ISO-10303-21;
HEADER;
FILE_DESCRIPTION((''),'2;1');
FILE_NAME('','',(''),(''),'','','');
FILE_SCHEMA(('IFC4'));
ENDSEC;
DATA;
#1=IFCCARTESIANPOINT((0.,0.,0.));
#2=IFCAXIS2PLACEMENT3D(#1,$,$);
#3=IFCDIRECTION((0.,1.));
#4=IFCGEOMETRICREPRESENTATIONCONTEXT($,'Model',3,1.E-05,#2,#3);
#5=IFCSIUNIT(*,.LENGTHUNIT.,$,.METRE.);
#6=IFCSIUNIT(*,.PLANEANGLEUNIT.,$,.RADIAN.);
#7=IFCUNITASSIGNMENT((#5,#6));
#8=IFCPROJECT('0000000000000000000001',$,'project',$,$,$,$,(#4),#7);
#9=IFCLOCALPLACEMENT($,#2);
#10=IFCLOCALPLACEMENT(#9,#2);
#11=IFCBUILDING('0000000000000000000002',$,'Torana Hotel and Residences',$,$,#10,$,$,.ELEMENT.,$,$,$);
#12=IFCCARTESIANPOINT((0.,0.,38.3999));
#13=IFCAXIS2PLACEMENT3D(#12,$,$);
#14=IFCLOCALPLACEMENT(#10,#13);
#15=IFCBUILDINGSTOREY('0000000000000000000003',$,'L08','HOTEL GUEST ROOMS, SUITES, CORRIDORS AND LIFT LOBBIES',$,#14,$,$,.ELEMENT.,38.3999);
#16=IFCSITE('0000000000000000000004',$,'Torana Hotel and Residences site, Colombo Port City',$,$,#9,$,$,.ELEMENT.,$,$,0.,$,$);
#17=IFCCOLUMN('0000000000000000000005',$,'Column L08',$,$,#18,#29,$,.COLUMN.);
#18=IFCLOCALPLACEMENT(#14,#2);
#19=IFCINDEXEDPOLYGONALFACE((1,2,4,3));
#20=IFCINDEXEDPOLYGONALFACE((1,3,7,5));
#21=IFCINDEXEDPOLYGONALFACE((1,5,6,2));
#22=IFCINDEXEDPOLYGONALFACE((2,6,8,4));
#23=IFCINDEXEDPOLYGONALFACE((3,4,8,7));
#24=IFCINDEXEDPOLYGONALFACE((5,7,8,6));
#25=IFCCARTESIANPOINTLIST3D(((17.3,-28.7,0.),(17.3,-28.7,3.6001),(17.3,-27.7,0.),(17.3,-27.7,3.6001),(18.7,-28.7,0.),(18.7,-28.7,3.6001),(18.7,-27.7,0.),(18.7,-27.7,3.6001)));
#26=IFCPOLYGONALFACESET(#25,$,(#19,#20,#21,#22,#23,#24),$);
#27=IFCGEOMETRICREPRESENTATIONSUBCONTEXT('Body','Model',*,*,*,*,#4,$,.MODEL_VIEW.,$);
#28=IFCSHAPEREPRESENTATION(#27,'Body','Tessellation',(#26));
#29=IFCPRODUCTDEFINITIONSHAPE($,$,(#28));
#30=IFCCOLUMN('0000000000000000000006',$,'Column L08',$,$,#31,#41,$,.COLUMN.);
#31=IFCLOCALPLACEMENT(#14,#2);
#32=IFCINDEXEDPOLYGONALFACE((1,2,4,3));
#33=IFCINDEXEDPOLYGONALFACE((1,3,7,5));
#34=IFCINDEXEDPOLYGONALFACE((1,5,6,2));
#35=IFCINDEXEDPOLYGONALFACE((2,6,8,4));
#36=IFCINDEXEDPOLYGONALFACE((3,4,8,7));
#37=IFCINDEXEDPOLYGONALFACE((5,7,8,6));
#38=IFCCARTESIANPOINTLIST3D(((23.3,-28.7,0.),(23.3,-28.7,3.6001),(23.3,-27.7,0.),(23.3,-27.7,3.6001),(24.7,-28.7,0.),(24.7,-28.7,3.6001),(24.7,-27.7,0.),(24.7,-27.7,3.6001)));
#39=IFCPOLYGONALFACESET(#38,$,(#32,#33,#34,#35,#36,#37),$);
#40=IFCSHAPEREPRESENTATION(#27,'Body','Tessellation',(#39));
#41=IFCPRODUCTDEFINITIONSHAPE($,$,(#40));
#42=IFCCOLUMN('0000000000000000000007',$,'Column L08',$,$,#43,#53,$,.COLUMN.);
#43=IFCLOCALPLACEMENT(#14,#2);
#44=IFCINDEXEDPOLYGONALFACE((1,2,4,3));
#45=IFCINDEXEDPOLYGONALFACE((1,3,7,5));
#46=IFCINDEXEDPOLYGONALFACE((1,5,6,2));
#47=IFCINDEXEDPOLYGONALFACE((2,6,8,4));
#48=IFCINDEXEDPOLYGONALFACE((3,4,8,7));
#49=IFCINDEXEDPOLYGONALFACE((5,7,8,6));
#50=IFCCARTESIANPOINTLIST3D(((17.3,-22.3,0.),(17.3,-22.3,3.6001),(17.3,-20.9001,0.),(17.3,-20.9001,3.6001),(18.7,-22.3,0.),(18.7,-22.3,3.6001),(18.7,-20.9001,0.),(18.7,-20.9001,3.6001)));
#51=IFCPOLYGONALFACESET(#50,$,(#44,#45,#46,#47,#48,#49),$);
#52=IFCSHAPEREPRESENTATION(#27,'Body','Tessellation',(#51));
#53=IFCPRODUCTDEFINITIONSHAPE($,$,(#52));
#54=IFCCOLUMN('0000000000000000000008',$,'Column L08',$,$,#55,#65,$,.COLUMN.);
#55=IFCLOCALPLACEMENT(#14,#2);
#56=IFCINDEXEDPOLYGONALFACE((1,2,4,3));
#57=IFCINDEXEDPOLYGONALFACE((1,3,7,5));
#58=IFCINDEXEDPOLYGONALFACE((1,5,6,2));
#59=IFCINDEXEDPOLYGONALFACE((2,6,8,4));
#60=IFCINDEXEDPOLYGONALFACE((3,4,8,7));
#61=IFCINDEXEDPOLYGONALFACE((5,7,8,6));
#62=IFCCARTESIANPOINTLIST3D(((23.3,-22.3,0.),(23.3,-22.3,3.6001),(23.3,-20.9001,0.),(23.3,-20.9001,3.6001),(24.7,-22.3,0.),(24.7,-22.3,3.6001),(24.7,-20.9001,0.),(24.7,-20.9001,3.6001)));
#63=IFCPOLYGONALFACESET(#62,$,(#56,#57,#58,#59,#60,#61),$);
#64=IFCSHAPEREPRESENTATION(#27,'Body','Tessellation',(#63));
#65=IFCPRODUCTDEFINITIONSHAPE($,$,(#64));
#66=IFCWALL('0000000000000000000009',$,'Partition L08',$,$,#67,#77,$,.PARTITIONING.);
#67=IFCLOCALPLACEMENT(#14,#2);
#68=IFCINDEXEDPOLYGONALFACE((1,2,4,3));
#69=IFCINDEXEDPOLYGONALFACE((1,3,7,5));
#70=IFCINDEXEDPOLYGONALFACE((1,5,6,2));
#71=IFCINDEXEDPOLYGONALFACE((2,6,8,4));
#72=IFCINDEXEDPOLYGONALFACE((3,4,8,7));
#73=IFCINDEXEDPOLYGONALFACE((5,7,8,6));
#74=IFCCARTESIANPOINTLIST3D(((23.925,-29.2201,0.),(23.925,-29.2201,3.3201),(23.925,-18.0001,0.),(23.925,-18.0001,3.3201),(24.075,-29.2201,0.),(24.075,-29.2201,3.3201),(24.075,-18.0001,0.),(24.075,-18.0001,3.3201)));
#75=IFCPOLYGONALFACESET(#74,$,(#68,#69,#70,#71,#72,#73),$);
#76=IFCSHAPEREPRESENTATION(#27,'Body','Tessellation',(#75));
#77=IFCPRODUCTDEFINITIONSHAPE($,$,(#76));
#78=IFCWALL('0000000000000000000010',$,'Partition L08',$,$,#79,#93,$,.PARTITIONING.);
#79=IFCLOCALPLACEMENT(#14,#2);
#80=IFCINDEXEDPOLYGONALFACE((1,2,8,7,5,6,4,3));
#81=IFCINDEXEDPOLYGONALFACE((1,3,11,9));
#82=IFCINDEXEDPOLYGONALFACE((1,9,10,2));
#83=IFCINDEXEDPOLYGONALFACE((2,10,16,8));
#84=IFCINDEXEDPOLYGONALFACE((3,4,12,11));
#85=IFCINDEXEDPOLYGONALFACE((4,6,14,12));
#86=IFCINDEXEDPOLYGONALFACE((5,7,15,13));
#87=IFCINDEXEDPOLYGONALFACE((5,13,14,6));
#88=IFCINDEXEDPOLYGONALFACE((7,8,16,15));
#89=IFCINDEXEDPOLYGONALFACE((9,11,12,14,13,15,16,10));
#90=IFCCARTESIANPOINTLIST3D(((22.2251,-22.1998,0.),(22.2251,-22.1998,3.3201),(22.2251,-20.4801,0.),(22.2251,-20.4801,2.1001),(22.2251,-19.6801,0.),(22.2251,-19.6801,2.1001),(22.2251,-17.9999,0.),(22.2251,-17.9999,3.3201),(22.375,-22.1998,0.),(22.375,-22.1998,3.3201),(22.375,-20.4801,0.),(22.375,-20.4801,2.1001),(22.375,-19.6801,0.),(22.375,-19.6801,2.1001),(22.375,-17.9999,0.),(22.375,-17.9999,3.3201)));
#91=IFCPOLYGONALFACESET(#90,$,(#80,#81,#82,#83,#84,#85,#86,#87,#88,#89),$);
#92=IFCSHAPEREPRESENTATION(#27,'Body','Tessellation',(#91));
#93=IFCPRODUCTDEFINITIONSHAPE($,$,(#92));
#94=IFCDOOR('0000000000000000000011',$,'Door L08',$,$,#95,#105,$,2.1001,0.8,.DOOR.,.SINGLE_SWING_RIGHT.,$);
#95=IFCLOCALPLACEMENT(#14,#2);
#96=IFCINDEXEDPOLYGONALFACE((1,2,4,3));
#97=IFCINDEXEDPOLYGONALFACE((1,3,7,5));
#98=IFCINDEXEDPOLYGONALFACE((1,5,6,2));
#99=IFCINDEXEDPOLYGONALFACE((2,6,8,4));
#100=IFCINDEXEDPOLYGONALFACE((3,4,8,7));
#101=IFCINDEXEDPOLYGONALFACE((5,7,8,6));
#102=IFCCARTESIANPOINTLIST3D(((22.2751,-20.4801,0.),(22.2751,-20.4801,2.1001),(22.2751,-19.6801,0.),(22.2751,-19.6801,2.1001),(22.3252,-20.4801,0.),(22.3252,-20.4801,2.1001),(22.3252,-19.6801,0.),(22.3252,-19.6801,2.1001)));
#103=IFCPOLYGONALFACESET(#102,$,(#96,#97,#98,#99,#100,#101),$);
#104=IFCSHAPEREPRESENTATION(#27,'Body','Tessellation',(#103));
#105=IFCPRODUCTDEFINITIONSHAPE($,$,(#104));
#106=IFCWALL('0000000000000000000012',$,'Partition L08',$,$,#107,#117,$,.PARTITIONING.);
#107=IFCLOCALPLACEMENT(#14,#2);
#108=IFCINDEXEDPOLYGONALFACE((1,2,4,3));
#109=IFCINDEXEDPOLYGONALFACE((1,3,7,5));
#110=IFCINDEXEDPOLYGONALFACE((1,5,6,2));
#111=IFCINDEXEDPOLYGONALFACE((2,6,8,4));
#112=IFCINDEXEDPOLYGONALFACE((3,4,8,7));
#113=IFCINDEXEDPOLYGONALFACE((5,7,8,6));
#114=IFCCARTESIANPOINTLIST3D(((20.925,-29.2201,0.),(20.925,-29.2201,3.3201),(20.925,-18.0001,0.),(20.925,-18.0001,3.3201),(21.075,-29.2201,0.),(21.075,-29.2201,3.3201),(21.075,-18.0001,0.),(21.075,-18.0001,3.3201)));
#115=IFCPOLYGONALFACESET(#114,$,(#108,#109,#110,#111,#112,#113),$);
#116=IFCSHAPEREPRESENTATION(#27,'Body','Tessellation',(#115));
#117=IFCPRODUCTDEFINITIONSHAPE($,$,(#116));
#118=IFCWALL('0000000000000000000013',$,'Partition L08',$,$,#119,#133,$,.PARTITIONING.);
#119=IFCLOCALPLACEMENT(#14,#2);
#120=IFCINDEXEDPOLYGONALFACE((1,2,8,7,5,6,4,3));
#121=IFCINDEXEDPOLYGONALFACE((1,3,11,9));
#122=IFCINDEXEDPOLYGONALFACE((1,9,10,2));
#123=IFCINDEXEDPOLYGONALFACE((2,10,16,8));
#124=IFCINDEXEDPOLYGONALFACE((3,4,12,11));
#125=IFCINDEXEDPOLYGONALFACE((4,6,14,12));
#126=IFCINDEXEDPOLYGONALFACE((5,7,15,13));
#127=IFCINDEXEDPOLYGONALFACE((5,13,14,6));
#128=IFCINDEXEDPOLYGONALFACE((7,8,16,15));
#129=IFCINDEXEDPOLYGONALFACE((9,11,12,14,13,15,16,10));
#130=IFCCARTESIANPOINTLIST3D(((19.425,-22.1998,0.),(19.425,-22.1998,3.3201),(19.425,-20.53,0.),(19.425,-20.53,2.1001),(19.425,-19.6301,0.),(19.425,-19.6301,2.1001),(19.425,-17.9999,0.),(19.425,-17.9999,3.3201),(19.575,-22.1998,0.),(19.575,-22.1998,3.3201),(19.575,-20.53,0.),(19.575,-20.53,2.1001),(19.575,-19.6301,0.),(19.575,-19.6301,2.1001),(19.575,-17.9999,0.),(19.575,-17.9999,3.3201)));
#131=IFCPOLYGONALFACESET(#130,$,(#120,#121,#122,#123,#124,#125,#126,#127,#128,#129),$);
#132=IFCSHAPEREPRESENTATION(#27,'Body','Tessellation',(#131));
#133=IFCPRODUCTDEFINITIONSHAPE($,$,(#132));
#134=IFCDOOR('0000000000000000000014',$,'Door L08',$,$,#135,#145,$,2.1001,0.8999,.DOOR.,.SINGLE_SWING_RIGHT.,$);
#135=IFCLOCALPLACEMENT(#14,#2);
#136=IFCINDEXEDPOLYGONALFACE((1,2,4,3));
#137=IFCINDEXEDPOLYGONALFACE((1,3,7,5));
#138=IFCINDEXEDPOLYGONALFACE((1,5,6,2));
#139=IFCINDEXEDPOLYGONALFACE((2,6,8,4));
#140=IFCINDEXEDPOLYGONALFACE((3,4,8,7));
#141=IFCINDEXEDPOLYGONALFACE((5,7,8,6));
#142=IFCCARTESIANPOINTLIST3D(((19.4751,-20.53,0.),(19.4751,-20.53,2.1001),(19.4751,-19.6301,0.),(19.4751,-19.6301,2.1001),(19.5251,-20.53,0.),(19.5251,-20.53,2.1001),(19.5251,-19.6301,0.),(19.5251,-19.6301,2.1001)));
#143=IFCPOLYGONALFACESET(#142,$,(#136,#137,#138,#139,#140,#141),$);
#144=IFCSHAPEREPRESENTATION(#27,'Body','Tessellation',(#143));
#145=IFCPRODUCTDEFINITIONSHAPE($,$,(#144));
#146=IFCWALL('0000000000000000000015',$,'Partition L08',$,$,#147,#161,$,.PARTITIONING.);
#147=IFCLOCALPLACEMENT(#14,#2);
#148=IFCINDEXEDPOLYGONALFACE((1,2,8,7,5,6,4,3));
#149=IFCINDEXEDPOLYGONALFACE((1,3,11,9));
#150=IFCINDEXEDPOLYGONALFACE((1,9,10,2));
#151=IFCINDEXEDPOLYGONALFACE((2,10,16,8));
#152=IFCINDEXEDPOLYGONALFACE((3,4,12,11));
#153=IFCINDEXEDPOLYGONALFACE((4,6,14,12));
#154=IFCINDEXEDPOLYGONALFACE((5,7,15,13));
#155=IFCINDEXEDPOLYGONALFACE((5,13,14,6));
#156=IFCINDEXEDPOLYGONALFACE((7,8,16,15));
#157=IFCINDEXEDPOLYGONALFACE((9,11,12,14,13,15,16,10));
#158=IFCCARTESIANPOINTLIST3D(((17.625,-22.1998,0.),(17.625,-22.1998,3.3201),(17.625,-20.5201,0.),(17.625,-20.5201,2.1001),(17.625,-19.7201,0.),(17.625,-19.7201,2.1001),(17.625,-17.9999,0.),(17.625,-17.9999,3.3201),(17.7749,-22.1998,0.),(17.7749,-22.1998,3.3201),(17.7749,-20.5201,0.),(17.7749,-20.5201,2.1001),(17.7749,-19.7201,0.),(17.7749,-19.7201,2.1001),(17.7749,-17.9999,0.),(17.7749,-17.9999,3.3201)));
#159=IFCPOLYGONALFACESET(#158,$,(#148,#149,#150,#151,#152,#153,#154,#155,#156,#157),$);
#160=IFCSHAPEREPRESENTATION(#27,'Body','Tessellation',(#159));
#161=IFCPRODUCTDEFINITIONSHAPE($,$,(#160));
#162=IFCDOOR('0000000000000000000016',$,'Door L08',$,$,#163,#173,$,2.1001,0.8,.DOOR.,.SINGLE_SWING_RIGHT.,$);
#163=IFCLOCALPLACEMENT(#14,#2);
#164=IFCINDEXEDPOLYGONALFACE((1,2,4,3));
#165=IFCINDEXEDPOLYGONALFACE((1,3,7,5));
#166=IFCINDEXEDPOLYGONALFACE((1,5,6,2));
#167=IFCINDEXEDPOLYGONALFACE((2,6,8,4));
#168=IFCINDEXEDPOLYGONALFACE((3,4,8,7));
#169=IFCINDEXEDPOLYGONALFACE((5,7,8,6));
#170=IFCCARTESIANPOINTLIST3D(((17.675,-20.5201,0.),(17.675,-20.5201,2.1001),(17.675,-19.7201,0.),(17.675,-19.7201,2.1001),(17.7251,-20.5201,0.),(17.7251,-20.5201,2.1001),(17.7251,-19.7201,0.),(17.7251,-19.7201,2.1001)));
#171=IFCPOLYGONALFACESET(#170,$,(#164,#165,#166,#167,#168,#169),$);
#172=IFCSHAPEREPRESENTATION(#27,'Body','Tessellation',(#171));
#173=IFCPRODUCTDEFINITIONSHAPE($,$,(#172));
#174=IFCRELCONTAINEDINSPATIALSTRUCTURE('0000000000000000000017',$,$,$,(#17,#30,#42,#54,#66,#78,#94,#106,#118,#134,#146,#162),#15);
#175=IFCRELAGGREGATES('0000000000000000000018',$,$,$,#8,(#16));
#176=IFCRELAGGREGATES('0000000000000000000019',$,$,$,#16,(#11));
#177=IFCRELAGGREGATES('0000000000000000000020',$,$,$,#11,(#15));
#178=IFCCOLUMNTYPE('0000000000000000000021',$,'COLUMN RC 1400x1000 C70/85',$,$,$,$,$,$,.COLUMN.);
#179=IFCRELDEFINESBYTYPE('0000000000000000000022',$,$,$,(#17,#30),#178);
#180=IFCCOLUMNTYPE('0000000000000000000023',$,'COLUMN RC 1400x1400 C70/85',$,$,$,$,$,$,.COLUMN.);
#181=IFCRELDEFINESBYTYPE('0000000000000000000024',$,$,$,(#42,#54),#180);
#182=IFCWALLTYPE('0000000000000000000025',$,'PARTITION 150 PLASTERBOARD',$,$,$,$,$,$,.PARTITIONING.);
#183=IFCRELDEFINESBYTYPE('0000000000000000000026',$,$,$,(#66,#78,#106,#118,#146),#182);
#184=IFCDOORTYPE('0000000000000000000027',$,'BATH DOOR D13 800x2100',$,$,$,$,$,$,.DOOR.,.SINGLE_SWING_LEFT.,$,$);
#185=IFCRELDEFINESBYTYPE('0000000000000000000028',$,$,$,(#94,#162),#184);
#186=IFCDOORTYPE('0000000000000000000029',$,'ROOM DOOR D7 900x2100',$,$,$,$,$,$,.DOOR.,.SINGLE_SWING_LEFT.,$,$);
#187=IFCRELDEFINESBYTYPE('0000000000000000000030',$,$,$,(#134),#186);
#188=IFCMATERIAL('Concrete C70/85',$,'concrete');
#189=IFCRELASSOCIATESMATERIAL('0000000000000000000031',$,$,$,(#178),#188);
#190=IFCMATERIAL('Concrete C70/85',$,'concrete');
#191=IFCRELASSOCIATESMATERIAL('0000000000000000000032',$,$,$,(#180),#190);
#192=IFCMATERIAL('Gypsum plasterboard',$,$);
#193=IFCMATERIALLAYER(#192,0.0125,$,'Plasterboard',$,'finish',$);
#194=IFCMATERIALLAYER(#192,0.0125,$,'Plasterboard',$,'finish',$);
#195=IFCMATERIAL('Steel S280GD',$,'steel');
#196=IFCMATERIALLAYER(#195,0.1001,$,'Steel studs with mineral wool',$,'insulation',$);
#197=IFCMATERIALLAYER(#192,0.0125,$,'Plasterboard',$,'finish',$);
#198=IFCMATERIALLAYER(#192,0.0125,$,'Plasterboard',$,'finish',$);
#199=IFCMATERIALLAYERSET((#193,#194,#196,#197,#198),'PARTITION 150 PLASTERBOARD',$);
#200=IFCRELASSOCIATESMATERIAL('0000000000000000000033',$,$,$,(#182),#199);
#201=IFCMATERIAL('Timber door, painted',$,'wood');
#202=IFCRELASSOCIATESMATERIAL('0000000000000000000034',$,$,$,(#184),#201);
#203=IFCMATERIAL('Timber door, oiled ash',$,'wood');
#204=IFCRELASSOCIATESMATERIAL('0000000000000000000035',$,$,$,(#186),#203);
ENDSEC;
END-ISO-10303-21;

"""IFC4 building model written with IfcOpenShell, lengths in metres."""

from ifc_helpers import new_model, si_unit, direction, frame, frame_2d, origin, origin_2d, place, context, subcontext, project, spatial, rectangle, extrude, material, layer, layer_set, material_profile, profile_set, type_object, element, fill, save


model = new_model("IFC4")

# Units and contexts
model_context = context("Model", 3, precision=1e-05, world=origin(), true_north=direction((0.0, 1.0)))
body_context = subcontext(model_context, "Body", "Model", "MODEL_VIEW")
ifc_project = project(units=[si_unit("LENGTHUNIT", "METRE"), si_unit("PLANEANGLEUNIT", "RADIAN")], contexts=[model_context])

# Site, building, storey
site_placement = place(None, origin())
site = spatial("IfcSite", under=ifc_project, at=site_placement, Name="Torana Hotel and Residences site, Colombo Port City", CompositionType="ELEMENT", RefElevation=0.0)
building_placement = place(site_placement, origin())
building = spatial("IfcBuilding", under=site, at=building_placement, Name="Torana Hotel and Residences", CompositionType="ELEMENT")
storey_placement = place(building_placement, frame((0.0, 0.0, 38.3999)))
storey = spatial("IfcBuildingStorey", under=building, at=storey_placement, Name="L08", Description="HOTEL GUEST ROOMS, SUITES, CORRIDORS AND LIFT LOBBIES", CompositionType="ELEMENT", Elevation=38.3999)

# Columns
ifc_material_1 = material(Name="Concrete C70/85", Category="concrete")
ifc_material_profile_1 = material_profile(ifc_material_1, rectangle(XDim=1.3999, YDim=1.0, at=origin_2d()), Name="RC 1400x1000")
ifc_profile_set_1 = profile_set([ifc_material_profile_1], Name="Concrete C70/85")
column_type_1 = type_object("IfcColumnType", Name="COLUMN RC 1400x1000 C70/85", PredefinedType="COLUMN", material=ifc_profile_set_1)
for number, where, z_axis, x_axis, name in (
    (1, (18.0, -28.2, 0.0), (0.0, 0.0, 1.0), (1.0, 0.0, 0.0), "Column L08"),
    (2, (24.0, -28.2, 0.0), (0.0, 0.0, 1.0), (1.0, 0.0, 0.0), "Column L08"),
):
    element("IfcColumn", number, at=place(storey_placement, frame(where, z_axis=z_axis, x_axis=x_axis)), inside=storey, type_object=column_type_1, Name=name, PredefinedType="COLUMN", context=body_context, shape_type="SweptSolid", body=[
        extrude(rectangle(XDim=1.3999, YDim=1.0, at=origin_2d()), origin(), (0.0, 0.0, 1.0), 3.6001),
    ])
ifc_material_2 = material(Name="Concrete C70/85", Category="concrete")
ifc_material_profile_2 = material_profile(ifc_material_2, rectangle(XDim=1.3999, YDim=1.3999, at=origin_2d()), Name="RC 1400x1400")
ifc_profile_set_2 = profile_set([ifc_material_profile_2], Name="Concrete C70/85")
column_type_2 = type_object("IfcColumnType", Name="COLUMN RC 1400x1400 C70/85", PredefinedType="COLUMN", material=ifc_profile_set_2)
for number, where, z_axis, x_axis, name in (
    (3, (18.0, -21.6001, 0.0), (0.0, 0.0, 1.0), (1.0, 0.0, 0.0), "Column L08"),
    (4, (24.0, -21.6001, 0.0), (0.0, 0.0, 1.0), (1.0, 0.0, 0.0), "Column L08"),
):
    element("IfcColumn", number, at=place(storey_placement, frame(where, z_axis=z_axis, x_axis=x_axis)), inside=storey, type_object=column_type_2, Name=name, PredefinedType="COLUMN", context=body_context, shape_type="SweptSolid", body=[
        extrude(rectangle(XDim=1.3999, YDim=1.3999, at=origin_2d()), origin(), (0.0, 0.0, 1.0), 3.6001),
    ])

# Wall
ifc_material_3 = material(Name="Gypsum plasterboard")
ifc_layer_1 = layer(ifc_material_3, 0.0125, Name="Plasterboard", Category="finish")
ifc_layer_2 = layer(ifc_material_3, 0.0125, Name="Plasterboard", Category="finish")
ifc_material_4 = material(Name="Steel S280GD", Category="steel")
ifc_layer_3 = layer(ifc_material_4, 0.1001, Name="Steel studs with mineral wool", Category="insulation")
ifc_layer_4 = layer(ifc_material_3, 0.0125, Name="Plasterboard", Category="finish")
ifc_layer_5 = layer(ifc_material_3, 0.0125, Name="Plasterboard", Category="finish")
ifc_layer_set_1 = layer_set([ifc_layer_1, ifc_layer_2, ifc_layer_3, ifc_layer_4, ifc_layer_5], Name="PARTITION 150 PLASTERBOARD")
wall_type_1 = type_object("IfcWallType", Name="PARTITION 150 PLASTERBOARD", PredefinedType="PARTITIONING", material=ifc_layer_set_1)
wall_1_placement = place(storey_placement, frame((24.0, -29.22, 0.0), z_axis=(0.0, 0.0, 1.0), x_axis=(0.0, 1.0, 0.0)))
element("IfcWall", 5, at=wall_1_placement, inside=storey, type_object=wall_type_1, Name="Partition L08", PredefinedType="PARTITIONING", context=body_context, shape_type="SweptSolid", body=[
    extrude(rectangle(XDim=11.22, YDim=0.1499, at=frame_2d((5.6099, 0.0))), origin(), (0.0, 0.0, 1.0), 3.3201),
])

# Wall, opening, door
wall_2_placement = place(storey_placement, frame((22.3, -22.2, 0.0), z_axis=(0.0, 0.0, 1.0), x_axis=(0.0, 1.0, 0.0)))
wall_2 = element("IfcWall", 6, at=wall_2_placement, inside=storey, type_object=wall_type_1, Name="Partition L08", PredefinedType="PARTITIONING", context=body_context, shape_type="SweptSolid", body=[
    extrude(rectangle(XDim=4.2, YDim=0.1499, at=frame_2d((2.1001, 0.0))), origin(), (0.0, 0.0, 1.0), 3.3201),
])
opening_1_placement = place(wall_2_placement, frame((1.72, 0.0, 0.0)))
opening_1 = element("IfcOpeningElement", 7, at=opening_1_placement, cuts=wall_2, PredefinedType="OPENING", context=body_context, shape_type="SweptSolid", body=[
    extrude(rectangle(XDim=0.8, YDim=2.1001, at=frame_2d((0.3999, 1.05))), frame((0.0, 0.085, 0.0), z_axis=(0.0, -1.0, 0.0), x_axis=(1.0, 0.0, 0.0)), (0.0, 0.0, 1.0), 0.1699),
])
ifc_material_5 = material(Name="Timber door, painted", Category="wood")
door_type_1 = type_object("IfcDoorType", Name="BATH DOOR D13 800x2100", OperationType="SINGLE_SWING_LEFT", PredefinedType="DOOR", material=ifc_material_5)
door_1_placement = place(opening_1_placement, origin())
door_1 = element("IfcDoor", 8, at=door_1_placement, inside=storey, type_object=door_type_1, Name="Door L08", OperationType="SINGLE_SWING_RIGHT", OverallHeight=2.1001, OverallWidth=0.8, PredefinedType="DOOR", context=body_context, shape_type="SweptSolid", body=[
    extrude(rectangle(XDim=0.8, YDim=2.1001, at=frame_2d((0.3999, 1.05))), frame((0.0, 0.0249, 0.0), z_axis=(0.0, -1.0, 0.0), x_axis=(1.0, 0.0, 0.0)), (0.0, 0.0, 1.0), 0.05),
])
fill(opening_1, door_1)

# Wall
wall_3_placement = place(storey_placement, frame((21.0, -29.22, 0.0), z_axis=(0.0, 0.0, 1.0), x_axis=(0.0, 1.0, 0.0)))
element("IfcWall", 9, at=wall_3_placement, inside=storey, type_object=wall_type_1, Name="Partition L08", PredefinedType="PARTITIONING", context=body_context, shape_type="SweptSolid", body=[
    extrude(rectangle(XDim=11.22, YDim=0.1499, at=frame_2d((5.6099, 0.0))), origin(), (0.0, 0.0, 1.0), 3.3201),
])

# Walls, openings, doors
wall_4_placement = place(storey_placement, frame((19.5, -22.2, 0.0), z_axis=(0.0, 0.0, 1.0), x_axis=(0.0, 1.0, 0.0)))
wall_4 = element("IfcWall", 10, at=wall_4_placement, inside=storey, type_object=wall_type_1, Name="Partition L08", PredefinedType="PARTITIONING", context=body_context, shape_type="SweptSolid", body=[
    extrude(rectangle(XDim=4.2, YDim=0.1499, at=frame_2d((2.1001, 0.0))), origin(), (0.0, 0.0, 1.0), 3.3201),
])
opening_2_placement = place(wall_4_placement, frame((1.6699, 0.0, 0.0)))
opening_2 = element("IfcOpeningElement", 11, at=opening_2_placement, cuts=wall_4, PredefinedType="OPENING", context=body_context, shape_type="SweptSolid", body=[
    extrude(rectangle(XDim=0.8999, YDim=2.1001, at=frame_2d((0.45, 1.05))), frame((0.0, 0.085, 0.0), z_axis=(0.0, -1.0, 0.0), x_axis=(1.0, 0.0, 0.0)), (0.0, 0.0, 1.0), 0.1699),
])
ifc_material_6 = material(Name="Timber door, oiled ash", Category="wood")
door_type_2 = type_object("IfcDoorType", Name="ROOM DOOR D7 900x2100", OperationType="SINGLE_SWING_LEFT", PredefinedType="DOOR", material=ifc_material_6)
door_2_placement = place(opening_2_placement, origin())
door_2 = element("IfcDoor", 12, at=door_2_placement, inside=storey, type_object=door_type_2, Name="Door L08", OperationType="SINGLE_SWING_RIGHT", OverallHeight=2.1001, OverallWidth=0.8999, PredefinedType="DOOR", context=body_context, shape_type="SweptSolid", body=[
    extrude(rectangle(XDim=0.8999, YDim=2.1001, at=frame_2d((0.45, 1.05))), frame((0.0, 0.0249, 0.0), z_axis=(0.0, -1.0, 0.0), x_axis=(1.0, 0.0, 0.0)), (0.0, 0.0, 1.0), 0.05),
])
fill(opening_2, door_2)
wall_5_placement = place(storey_placement, frame((17.7, -22.2, 0.0), z_axis=(0.0, 0.0, 1.0), x_axis=(0.0, 1.0, 0.0)))
wall_5 = element("IfcWall", 13, at=wall_5_placement, inside=storey, type_object=wall_type_1, Name="Partition L08", PredefinedType="PARTITIONING", context=body_context, shape_type="SweptSolid", body=[
    extrude(rectangle(XDim=4.2, YDim=0.1499, at=frame_2d((2.1001, 0.0))), origin(), (0.0, 0.0, 1.0), 3.3201),
])
opening_3_placement = place(wall_5_placement, frame((1.6799, 0.0, 0.0)))
opening_3 = element("IfcOpeningElement", 14, at=opening_3_placement, cuts=wall_5, PredefinedType="OPENING", context=body_context, shape_type="SweptSolid", body=[
    extrude(rectangle(XDim=0.8, YDim=2.1001, at=frame_2d((0.3999, 1.05))), frame((0.0, 0.085, 0.0), z_axis=(0.0, -1.0, 0.0), x_axis=(1.0, 0.0, 0.0)), (0.0, 0.0, 1.0), 0.1699),
])
door_3_placement = place(opening_3_placement, origin())
door_3 = element("IfcDoor", 15, at=door_3_placement, inside=storey, type_object=door_type_1, Name="Door L08", OperationType="SINGLE_SWING_RIGHT", OverallHeight=2.1001, OverallWidth=0.8, PredefinedType="DOOR", context=body_context, shape_type="SweptSolid", body=[
    extrude(rectangle(XDim=0.8, YDim=2.1001, at=frame_2d((0.3999, 1.05))), frame((0.0, 0.0249, 0.0), z_axis=(0.0, -1.0, 0.0), x_axis=(1.0, 0.0, 0.0)), (0.0, 0.0, 1.0), 0.05),
])
fill(opening_3, door_3)

save(model, "model.ifc")
